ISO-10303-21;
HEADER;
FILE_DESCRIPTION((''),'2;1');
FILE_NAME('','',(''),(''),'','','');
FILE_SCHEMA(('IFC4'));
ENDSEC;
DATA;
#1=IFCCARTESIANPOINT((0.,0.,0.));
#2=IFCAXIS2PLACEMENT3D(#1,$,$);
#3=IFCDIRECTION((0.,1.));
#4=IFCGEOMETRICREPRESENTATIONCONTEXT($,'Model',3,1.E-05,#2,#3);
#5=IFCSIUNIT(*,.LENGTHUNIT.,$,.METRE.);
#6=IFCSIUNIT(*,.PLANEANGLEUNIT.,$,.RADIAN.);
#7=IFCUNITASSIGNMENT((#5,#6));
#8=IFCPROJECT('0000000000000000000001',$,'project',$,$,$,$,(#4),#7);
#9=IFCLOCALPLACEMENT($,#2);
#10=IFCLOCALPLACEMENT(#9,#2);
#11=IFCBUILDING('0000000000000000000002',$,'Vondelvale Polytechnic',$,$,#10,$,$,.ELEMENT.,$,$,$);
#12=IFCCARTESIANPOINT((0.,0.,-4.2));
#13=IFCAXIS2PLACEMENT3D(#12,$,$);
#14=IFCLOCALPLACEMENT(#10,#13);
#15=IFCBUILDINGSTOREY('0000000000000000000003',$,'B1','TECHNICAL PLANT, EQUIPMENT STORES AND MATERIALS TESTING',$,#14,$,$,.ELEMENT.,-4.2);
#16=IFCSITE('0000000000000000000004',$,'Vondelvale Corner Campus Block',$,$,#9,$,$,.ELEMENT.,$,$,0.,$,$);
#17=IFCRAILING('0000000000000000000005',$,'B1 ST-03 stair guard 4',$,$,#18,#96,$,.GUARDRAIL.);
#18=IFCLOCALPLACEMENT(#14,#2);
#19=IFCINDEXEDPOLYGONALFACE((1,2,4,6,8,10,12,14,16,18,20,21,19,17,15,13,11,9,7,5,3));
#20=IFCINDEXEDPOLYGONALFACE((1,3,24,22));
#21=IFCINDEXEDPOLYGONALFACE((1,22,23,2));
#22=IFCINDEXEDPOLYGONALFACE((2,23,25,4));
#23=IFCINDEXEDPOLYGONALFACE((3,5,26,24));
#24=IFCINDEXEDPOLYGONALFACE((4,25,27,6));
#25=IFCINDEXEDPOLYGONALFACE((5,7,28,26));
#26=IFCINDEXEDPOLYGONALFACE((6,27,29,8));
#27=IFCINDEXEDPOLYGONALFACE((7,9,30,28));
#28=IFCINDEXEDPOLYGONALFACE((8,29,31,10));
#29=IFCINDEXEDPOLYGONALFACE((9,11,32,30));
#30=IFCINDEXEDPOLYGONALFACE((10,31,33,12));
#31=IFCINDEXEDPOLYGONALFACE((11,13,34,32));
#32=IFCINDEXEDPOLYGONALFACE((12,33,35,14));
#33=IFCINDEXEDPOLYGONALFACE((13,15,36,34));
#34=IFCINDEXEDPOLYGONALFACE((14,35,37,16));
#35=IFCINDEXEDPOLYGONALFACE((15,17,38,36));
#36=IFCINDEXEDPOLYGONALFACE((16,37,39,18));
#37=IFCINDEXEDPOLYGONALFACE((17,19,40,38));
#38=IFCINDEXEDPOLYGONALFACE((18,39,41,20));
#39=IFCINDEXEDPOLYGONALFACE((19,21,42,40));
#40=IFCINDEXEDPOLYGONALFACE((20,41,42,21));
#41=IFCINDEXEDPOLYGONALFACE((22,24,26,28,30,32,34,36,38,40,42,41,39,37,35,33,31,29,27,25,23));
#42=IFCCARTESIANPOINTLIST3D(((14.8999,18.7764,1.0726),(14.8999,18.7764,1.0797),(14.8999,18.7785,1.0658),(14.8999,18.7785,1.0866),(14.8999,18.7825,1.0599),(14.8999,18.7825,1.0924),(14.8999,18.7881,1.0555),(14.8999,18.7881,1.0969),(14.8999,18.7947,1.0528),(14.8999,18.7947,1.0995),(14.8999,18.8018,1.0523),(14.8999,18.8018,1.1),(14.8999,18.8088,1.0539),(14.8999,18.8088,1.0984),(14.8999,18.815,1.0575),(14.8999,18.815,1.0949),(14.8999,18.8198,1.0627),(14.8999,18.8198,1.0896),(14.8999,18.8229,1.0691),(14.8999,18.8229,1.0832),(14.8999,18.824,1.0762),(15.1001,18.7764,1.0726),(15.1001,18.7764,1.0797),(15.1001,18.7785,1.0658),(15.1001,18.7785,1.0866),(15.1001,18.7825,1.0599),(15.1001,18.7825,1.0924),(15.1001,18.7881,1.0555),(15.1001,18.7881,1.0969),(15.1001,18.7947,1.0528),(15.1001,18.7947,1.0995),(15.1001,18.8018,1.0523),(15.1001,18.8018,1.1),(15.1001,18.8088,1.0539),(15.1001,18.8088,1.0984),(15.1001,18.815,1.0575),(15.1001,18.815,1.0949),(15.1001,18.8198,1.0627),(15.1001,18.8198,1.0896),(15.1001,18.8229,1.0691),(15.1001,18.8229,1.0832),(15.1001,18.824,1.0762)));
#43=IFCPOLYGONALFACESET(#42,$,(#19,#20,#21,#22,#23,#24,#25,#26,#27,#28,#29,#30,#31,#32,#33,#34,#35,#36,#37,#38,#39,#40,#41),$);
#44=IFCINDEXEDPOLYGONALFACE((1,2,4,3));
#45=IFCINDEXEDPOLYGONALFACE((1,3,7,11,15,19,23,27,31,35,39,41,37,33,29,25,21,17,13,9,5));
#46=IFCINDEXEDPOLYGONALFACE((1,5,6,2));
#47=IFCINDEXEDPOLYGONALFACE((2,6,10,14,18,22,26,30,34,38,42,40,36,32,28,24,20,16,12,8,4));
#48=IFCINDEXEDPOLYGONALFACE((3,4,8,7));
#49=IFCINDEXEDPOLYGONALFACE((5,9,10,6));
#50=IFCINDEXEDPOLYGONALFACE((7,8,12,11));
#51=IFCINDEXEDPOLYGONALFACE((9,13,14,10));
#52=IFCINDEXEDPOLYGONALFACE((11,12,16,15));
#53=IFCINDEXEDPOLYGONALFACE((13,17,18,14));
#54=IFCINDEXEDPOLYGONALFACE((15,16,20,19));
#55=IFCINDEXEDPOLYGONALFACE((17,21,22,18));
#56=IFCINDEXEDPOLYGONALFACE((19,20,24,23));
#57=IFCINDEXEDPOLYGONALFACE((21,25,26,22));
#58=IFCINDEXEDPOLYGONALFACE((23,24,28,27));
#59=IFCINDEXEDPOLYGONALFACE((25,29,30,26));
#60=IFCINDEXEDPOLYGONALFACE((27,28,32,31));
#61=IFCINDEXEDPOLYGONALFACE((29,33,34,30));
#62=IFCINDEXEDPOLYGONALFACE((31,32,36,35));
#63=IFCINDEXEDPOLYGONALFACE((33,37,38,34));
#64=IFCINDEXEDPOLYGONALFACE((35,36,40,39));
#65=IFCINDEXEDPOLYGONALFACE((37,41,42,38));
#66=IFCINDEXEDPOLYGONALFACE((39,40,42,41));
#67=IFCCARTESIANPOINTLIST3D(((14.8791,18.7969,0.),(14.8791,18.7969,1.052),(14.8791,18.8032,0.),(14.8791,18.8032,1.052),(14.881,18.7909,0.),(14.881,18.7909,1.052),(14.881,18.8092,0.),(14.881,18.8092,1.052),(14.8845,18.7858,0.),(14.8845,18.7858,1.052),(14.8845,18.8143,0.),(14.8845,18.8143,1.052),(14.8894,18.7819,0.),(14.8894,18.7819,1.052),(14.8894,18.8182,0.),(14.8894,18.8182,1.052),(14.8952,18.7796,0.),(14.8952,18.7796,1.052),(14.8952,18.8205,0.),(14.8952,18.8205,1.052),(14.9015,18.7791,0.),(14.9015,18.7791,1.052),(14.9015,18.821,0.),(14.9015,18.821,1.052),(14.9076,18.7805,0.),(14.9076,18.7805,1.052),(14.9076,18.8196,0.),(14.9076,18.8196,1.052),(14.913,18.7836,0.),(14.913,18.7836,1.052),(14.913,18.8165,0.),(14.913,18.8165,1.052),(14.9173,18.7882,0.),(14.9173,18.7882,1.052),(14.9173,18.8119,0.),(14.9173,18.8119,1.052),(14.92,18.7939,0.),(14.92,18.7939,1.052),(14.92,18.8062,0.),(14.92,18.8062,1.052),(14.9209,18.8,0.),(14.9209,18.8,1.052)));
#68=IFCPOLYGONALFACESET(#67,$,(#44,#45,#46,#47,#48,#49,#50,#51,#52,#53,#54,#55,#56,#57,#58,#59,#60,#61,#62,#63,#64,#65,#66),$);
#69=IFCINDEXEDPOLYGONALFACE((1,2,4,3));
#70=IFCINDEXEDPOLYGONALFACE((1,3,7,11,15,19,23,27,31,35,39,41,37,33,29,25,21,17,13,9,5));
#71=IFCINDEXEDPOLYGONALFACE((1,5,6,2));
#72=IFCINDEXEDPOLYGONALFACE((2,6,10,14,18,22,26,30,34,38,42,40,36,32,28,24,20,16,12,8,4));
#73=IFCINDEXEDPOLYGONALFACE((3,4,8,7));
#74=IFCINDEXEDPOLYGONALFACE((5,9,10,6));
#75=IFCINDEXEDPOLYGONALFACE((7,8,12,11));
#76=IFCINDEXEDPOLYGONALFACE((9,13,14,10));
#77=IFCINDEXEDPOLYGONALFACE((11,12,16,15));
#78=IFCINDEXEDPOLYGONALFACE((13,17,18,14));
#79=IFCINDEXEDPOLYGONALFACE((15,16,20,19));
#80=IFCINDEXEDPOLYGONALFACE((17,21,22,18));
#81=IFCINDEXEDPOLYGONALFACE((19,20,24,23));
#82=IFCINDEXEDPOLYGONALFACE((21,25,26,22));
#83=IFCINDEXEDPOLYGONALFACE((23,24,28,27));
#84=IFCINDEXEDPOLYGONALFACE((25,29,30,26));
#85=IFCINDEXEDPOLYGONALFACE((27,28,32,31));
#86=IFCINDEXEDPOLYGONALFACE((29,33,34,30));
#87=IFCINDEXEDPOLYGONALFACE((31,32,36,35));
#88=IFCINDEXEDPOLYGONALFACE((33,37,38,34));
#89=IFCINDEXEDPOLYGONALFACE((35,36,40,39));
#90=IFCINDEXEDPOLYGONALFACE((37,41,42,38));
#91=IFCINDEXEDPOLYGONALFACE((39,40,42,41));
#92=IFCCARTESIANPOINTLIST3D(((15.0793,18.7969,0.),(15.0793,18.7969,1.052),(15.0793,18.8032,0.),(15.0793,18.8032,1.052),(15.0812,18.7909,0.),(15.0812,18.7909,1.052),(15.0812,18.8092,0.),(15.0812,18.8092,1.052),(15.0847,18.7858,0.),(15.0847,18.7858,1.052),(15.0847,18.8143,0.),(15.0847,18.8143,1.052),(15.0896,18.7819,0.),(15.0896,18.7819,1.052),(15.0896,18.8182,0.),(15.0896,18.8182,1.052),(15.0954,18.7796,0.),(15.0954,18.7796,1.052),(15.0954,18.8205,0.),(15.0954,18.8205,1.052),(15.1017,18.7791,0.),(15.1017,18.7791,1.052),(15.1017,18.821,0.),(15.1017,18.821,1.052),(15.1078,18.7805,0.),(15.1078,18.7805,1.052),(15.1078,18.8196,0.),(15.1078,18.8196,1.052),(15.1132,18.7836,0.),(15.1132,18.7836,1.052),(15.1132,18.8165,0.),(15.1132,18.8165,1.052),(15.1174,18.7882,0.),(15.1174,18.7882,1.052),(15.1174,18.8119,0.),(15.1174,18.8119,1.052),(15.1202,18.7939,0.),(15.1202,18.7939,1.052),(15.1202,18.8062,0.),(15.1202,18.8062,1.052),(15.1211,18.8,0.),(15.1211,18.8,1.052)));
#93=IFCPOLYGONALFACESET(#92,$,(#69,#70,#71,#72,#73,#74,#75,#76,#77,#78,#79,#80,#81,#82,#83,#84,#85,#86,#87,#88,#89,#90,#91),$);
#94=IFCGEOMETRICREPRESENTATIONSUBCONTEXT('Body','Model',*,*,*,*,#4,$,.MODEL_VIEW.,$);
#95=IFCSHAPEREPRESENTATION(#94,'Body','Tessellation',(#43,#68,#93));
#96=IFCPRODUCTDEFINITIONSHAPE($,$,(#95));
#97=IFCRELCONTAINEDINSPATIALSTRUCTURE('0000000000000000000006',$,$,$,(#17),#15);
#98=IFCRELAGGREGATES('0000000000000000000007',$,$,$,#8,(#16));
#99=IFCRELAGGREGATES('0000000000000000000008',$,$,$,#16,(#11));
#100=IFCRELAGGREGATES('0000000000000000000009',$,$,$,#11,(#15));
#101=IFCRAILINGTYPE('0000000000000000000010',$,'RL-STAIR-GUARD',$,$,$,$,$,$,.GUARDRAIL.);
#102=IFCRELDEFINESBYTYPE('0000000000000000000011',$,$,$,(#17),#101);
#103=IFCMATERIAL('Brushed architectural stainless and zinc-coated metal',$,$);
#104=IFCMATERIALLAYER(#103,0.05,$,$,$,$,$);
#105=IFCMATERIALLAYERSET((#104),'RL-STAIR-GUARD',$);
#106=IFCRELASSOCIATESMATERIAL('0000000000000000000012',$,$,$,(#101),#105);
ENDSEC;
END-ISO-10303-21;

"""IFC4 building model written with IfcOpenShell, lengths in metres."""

from ifc_helpers import new_model, si_unit, direction, frame, origin, origin_2d, place, context, subcontext, project, spatial, circle, extrude, material, layer, layer_set, type_object, element, save


model = new_model("IFC4")

# Units and contexts
model_context = context("Model", 3, precision=1e-05, world=origin(), true_north=direction((0.0, 1.0)))
body_context = subcontext(model_context, "Body", "Model", "MODEL_VIEW")
ifc_project = project(units=[si_unit("LENGTHUNIT", "METRE"), si_unit("PLANEANGLEUNIT", "RADIAN")], contexts=[model_context])

# Site, building, storey
site_placement = place(None, origin())
site = spatial("IfcSite", under=ifc_project, at=site_placement, Name="Vondelvale Corner Campus Block", CompositionType="ELEMENT", RefElevation=0.0)
building_placement = place(site_placement, origin())
building = spatial("IfcBuilding", under=site, at=building_placement, Name="Vondelvale Polytechnic", CompositionType="ELEMENT")
storey_placement = place(building_placement, frame((0.0, 0.0, -4.2)))
storey = spatial("IfcBuildingStorey", under=building, at=storey_placement, Name="B1", Description="TECHNICAL PLANT, EQUIPMENT STORES AND MATERIALS TESTING", CompositionType="ELEMENT", Elevation=-4.2)

# Shared definitions
ifc_material_1 = material(Name="Brushed architectural stainless and zinc-coated metal")

# Railing
ifc_layer_1 = layer(ifc_material_1, 0.05)
ifc_layer_set_1 = layer_set([ifc_layer_1], Name="RL-STAIR-GUARD")
railing_type_1 = type_object("IfcRailingType", Name="RL-STAIR-GUARD", PredefinedType="GUARDRAIL", material=ifc_layer_set_1)
railing_1_placement = place(storey_placement, frame((14.8999, 18.8, 0.0)))
element("IfcRailing", 1, at=railing_1_placement, inside=storey, type_object=railing_type_1, Name="B1 ST-03 stair guard 4", PredefinedType="GUARDRAIL", context=body_context, shape_type="SweptSolid", body=[
    extrude(circle(Radius=0.0239, at=origin_2d()), frame((0.0, 0.0, 1.0762), z_axis=(1.0, 0.0, 0.0), x_axis=(0.0, 1.0, 0.0)), (0.0, 0.0, 1.0), 0.2002),
    extrude(circle(Radius=0.021, at=origin_2d()), origin(), (0.0, 0.0, 1.0), 1.052),
    extrude(circle(Radius=0.021, at=origin_2d()), frame((0.2002, 0.0, 0.0)), (0.0, 0.0, 1.0), 1.052),
])

save(model, "model.ifc")
